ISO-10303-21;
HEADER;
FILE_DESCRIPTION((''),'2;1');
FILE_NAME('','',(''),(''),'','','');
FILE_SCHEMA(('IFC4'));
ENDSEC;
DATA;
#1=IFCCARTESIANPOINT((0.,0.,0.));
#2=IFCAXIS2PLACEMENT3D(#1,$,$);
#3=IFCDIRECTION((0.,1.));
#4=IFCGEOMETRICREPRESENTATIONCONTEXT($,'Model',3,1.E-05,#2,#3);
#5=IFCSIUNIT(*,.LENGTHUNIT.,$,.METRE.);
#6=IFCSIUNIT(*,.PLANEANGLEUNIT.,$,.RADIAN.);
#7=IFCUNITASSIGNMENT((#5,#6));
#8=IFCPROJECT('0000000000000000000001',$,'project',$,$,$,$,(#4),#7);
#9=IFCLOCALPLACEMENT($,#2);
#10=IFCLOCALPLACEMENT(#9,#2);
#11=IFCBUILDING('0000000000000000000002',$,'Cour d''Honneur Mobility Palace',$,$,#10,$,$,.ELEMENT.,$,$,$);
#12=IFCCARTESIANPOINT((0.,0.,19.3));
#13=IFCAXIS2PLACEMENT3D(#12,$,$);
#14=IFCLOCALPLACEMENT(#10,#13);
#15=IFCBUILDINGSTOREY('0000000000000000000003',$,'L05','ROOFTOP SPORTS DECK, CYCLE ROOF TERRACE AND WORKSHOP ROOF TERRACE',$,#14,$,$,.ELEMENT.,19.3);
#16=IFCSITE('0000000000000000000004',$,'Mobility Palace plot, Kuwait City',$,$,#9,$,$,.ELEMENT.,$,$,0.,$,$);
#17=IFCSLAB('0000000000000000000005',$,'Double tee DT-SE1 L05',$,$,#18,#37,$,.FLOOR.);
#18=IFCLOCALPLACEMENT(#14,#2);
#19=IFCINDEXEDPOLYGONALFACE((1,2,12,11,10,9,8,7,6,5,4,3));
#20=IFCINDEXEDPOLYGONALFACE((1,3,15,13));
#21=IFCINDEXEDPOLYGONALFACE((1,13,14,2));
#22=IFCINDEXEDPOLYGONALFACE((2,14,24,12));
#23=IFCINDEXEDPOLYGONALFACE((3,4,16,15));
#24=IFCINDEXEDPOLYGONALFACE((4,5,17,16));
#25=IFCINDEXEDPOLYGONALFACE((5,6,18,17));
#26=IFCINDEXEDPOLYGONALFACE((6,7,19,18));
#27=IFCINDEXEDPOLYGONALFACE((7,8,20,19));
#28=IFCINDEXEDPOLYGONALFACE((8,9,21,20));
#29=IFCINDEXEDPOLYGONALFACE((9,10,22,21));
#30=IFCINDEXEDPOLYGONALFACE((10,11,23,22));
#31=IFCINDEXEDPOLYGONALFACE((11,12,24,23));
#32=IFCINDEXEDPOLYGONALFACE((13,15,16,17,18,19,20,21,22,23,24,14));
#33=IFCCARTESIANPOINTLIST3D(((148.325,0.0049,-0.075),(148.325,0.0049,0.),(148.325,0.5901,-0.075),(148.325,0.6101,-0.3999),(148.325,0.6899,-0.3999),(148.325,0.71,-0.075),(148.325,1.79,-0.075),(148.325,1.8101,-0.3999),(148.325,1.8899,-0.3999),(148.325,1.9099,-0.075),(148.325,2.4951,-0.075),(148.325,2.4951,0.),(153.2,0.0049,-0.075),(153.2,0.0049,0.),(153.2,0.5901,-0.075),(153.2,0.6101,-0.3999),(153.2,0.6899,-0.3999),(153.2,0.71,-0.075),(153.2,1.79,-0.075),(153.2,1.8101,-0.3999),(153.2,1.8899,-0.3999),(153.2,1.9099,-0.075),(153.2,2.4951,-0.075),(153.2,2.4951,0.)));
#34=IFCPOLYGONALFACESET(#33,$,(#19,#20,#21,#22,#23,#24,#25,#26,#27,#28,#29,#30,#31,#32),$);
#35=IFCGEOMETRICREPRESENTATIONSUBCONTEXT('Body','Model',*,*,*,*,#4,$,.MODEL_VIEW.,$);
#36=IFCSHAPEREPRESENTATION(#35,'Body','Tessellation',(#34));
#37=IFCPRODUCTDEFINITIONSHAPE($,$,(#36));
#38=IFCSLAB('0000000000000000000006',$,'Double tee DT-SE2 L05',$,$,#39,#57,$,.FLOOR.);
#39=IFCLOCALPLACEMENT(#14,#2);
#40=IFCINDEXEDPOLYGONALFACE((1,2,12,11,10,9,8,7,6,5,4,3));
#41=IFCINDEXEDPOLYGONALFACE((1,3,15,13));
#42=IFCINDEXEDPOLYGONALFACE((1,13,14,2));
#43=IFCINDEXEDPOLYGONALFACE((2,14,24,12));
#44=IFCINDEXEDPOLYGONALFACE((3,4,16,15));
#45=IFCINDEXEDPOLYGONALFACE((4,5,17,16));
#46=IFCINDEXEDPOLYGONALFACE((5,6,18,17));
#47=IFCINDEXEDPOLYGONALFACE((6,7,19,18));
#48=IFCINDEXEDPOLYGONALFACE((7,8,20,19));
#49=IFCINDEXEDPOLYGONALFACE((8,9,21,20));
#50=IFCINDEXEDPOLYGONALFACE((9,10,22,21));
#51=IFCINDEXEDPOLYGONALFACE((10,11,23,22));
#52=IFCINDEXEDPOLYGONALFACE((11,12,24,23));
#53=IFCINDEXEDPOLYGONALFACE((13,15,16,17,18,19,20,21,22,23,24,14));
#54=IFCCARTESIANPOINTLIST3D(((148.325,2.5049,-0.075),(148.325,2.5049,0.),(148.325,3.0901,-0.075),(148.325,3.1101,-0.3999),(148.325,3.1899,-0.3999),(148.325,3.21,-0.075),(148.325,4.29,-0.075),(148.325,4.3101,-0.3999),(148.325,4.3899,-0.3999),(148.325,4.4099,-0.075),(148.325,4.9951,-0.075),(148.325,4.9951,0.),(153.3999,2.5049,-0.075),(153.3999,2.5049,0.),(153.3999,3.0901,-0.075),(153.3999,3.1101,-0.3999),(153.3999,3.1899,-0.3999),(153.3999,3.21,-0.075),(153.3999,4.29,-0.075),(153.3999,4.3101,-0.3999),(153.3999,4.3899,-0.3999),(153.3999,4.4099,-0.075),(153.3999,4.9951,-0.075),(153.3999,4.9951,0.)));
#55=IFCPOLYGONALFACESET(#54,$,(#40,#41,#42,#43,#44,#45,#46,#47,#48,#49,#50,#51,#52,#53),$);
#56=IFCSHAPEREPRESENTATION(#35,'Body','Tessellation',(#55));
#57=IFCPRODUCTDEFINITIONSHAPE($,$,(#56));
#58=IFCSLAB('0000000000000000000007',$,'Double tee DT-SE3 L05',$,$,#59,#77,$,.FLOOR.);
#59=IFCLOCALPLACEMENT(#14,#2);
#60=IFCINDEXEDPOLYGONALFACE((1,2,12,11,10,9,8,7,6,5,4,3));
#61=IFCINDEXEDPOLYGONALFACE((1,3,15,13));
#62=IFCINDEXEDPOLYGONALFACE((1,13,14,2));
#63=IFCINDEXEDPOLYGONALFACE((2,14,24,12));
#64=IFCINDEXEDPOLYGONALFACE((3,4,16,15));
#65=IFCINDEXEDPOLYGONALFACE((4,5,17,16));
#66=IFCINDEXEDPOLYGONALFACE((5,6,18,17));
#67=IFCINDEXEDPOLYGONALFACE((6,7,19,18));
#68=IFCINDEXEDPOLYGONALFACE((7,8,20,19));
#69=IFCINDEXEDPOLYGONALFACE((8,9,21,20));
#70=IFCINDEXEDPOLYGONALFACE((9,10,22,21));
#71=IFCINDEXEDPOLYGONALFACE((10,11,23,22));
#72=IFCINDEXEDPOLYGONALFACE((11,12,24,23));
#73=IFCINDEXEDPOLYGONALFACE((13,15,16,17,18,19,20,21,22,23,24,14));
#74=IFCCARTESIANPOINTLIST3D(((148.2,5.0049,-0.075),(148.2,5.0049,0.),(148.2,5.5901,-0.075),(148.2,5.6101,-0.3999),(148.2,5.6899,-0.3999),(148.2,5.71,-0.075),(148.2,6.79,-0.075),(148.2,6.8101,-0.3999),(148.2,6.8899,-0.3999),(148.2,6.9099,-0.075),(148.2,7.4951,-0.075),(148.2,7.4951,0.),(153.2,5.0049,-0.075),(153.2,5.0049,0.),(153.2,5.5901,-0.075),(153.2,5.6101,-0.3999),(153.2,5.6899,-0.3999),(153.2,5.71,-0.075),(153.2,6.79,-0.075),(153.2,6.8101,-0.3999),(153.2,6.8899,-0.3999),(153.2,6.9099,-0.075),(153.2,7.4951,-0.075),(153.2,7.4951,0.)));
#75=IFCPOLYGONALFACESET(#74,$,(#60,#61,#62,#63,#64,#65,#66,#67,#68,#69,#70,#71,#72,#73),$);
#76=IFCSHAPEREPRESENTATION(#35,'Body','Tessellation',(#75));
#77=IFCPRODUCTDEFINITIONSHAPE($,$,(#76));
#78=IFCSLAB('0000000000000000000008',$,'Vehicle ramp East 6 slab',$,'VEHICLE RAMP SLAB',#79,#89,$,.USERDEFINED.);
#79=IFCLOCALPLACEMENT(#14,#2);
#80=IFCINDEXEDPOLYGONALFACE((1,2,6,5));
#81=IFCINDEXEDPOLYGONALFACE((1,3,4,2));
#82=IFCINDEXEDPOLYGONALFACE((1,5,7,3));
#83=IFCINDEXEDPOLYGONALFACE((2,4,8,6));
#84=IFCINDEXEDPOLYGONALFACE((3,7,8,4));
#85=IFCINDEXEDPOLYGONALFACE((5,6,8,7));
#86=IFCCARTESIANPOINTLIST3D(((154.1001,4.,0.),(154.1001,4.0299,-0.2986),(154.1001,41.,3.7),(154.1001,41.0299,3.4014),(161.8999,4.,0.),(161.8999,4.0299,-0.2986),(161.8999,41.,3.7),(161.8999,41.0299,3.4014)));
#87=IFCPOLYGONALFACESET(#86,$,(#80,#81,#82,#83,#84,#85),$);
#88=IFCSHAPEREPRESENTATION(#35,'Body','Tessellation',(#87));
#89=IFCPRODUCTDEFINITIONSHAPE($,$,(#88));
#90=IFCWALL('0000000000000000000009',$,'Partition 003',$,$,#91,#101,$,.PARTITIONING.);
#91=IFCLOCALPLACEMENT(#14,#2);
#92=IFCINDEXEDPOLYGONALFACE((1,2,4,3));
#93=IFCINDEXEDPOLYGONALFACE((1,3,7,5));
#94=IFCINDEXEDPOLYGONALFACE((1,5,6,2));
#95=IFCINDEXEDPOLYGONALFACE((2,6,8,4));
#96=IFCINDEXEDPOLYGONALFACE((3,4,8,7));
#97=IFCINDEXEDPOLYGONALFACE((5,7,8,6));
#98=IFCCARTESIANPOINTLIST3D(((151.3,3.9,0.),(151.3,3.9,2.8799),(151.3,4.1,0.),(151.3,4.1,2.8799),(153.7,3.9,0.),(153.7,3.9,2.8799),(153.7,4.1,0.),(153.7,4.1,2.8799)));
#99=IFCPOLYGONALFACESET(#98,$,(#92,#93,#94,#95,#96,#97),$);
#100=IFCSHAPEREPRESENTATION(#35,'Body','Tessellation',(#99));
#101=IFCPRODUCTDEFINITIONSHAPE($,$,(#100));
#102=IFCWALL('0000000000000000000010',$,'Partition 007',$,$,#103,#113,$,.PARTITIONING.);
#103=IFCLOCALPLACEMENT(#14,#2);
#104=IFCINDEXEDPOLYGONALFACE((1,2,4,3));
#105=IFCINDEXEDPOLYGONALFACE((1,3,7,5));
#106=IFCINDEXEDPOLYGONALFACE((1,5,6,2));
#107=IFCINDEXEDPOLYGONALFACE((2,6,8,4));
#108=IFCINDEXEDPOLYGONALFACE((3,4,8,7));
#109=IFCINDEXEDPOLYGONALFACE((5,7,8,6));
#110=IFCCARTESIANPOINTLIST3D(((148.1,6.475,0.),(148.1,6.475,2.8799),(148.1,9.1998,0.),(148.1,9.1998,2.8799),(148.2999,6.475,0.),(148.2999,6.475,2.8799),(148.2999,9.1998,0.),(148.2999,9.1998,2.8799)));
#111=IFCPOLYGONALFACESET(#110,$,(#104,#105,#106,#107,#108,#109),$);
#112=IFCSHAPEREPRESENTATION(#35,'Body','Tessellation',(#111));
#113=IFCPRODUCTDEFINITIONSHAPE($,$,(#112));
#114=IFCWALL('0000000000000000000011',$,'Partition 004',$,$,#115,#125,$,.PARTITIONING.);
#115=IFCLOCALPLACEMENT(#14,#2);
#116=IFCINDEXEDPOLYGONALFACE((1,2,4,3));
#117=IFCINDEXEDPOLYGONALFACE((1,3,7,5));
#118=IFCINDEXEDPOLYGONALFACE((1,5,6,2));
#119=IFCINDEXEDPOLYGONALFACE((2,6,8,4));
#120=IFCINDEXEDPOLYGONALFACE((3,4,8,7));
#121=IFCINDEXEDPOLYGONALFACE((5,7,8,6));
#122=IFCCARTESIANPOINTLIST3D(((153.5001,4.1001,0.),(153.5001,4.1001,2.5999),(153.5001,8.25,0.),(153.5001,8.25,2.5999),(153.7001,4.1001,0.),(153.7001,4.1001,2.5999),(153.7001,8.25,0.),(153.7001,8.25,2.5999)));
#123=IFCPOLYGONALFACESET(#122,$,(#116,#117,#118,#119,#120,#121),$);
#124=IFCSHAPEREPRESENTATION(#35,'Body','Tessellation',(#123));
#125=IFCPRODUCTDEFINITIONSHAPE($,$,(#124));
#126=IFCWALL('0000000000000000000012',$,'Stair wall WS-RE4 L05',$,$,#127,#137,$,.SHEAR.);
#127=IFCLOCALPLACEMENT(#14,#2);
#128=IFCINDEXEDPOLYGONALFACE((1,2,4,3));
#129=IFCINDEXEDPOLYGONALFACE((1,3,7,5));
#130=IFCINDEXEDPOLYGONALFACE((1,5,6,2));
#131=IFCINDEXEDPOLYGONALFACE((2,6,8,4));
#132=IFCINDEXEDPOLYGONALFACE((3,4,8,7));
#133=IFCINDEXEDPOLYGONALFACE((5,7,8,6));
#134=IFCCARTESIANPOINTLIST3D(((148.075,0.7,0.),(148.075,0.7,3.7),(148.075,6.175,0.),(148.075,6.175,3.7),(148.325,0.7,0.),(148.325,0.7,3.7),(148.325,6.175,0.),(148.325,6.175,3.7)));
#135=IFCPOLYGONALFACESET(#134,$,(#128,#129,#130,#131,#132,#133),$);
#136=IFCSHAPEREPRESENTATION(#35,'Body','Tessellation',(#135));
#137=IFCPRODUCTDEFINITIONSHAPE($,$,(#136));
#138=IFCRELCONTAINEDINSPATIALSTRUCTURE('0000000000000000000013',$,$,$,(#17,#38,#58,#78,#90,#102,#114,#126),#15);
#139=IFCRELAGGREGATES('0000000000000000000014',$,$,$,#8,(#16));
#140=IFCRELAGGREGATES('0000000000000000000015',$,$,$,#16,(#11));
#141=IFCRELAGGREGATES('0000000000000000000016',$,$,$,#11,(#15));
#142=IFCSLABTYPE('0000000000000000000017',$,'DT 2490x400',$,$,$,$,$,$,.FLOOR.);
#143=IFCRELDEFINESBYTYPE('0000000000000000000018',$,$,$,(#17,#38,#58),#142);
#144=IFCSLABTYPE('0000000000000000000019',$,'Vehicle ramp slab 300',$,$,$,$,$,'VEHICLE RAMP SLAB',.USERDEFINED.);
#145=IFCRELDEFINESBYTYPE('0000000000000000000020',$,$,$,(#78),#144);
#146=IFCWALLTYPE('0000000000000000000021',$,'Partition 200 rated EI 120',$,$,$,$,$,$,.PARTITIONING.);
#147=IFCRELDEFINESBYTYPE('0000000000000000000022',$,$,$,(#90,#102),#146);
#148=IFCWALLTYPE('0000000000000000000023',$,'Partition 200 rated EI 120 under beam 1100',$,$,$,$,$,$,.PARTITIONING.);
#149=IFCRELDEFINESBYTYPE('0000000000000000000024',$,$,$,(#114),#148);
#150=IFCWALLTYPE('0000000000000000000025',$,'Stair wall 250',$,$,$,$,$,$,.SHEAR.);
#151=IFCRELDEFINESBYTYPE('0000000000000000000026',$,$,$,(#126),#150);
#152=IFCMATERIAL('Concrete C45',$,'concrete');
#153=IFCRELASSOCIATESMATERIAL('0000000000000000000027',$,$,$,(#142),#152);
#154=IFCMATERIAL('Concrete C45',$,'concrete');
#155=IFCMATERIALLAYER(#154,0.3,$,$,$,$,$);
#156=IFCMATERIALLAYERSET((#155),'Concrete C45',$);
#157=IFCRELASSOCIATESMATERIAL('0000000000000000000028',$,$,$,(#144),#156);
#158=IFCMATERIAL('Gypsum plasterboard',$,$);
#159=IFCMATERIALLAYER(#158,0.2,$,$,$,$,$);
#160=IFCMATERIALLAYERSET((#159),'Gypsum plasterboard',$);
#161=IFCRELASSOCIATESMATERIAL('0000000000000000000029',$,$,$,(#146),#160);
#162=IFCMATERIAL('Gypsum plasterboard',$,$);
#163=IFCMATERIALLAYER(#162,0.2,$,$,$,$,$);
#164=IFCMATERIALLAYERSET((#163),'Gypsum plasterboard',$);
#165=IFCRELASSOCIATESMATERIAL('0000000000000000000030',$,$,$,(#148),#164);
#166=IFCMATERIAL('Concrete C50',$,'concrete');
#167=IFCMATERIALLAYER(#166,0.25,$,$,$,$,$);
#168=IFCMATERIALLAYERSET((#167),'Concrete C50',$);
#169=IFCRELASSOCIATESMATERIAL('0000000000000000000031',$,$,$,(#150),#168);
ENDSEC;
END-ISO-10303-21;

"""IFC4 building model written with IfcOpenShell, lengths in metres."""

from ifc_helpers import new_model, si_unit, direction, frame, frame_2d, origin, place, context, subcontext, project, spatial, polyline, rectangle, outline, extrude, material, layer, layer_set, material_profile, profile_set, type_object, element, save


model = new_model("IFC4")

# Units and contexts
model_context = context("Model", 3, precision=1e-05, world=origin(), true_north=direction((0.0, 1.0)))
body_context = subcontext(model_context, "Body", "Model", "MODEL_VIEW")
ifc_project = project(units=[si_unit("LENGTHUNIT", "METRE"), si_unit("PLANEANGLEUNIT", "RADIAN")], contexts=[model_context])

# Site, building, storey
site_placement = place(None, origin())
site = spatial("IfcSite", under=ifc_project, at=site_placement, Name="Mobility Palace plot, Kuwait City", CompositionType="ELEMENT", RefElevation=0.0)
building_placement = place(site_placement, origin())
building = spatial("IfcBuilding", under=site, at=building_placement, Name="Cour d'Honneur Mobility Palace", CompositionType="ELEMENT")
storey_placement = place(building_placement, frame((0.0, 0.0, 19.3)))
storey = spatial("IfcBuildingStorey", under=building, at=storey_placement, Name="L05", Description="ROOFTOP SPORTS DECK, CYCLE ROOF TERRACE AND WORKSHOP ROOF TERRACE", CompositionType="ELEMENT", Elevation=19.3)

# Slabs
ifc_material_1 = material(Name="Concrete C45", Category="concrete")
ifc_material_profile_1 = material_profile(ifc_material_1, outline(polyline([(-1.2451, 0.0), (1.2451, 0.0), (1.2451, -0.075), (0.6599, -0.075), (0.6399, -0.3999), (0.5601, -0.3999), (0.54, -0.075), (-0.54, -0.075), (-0.5601, -0.3999), (-0.6399, -0.3999), (-0.6599, -0.075), (-1.2451, -0.075), (-1.2451, 0.0)])), Name="DT 2490x400")
ifc_profile_set_1 = profile_set([ifc_material_profile_1], Name="Concrete C45")
slab_type_1 = type_object("IfcSlabType", Name="DT 2490x400", PredefinedType="FLOOR", material=ifc_profile_set_1)
slab_1_placement = place(storey_placement, frame((148.325, 1.25, 0.0), z_axis=(1.0, 0.0, 0.0), x_axis=(0.0, 1.0, 0.0)))
element("IfcSlab", 1, at=slab_1_placement, inside=storey, type_object=slab_type_1, Name="Double tee DT-SE1 L05", PredefinedType="FLOOR", context=body_context, shape_type="SweptSolid", body=[
    extrude(outline(polyline([(-1.2451, 0.0), (1.2451, 0.0), (1.2451, -0.075), (0.6599, -0.075), (0.6399, -0.3999), (0.5601, -0.3999), (0.54, -0.075), (-0.54, -0.075), (-0.5601, -0.3999), (-0.6399, -0.3999), (-0.6599, -0.075), (-1.2451, -0.075), (-1.2451, 0.0)])), origin(), (0.0, 0.0, 1.0), 4.875),
])
slab_2_placement = place(storey_placement, frame((148.325, 3.75, 0.0), z_axis=(1.0, 0.0, 0.0), x_axis=(0.0, 1.0, 0.0)))
element("IfcSlab", 2, at=slab_2_placement, inside=storey, type_object=slab_type_1, Name="Double tee DT-SE2 L05", PredefinedType="FLOOR", context=body_context, shape_type="SweptSolid", body=[
    extrude(outline(polyline([(-1.2451, 0.0), (1.2451, 0.0), (1.2451, -0.075), (0.6599, -0.075), (0.6399, -0.3999), (0.5601, -0.3999), (0.54, -0.075), (-0.54, -0.075), (-0.5601, -0.3999), (-0.6399, -0.3999), (-0.6599, -0.075), (-1.2451, -0.075), (-1.2451, 0.0)])), origin(), (0.0, 0.0, 1.0), 5.075),
])
slab_3_placement = place(storey_placement, frame((148.2, 6.25, 0.0), z_axis=(1.0, 0.0, 0.0), x_axis=(0.0, 1.0, 0.0)))
element("IfcSlab", 3, at=slab_3_placement, inside=storey, type_object=slab_type_1, Name="Double tee DT-SE3 L05", PredefinedType="FLOOR", context=body_context, shape_type="SweptSolid", body=[
    extrude(outline(polyline([(-1.2451, 0.0), (1.2451, 0.0), (1.2451, -0.075), (0.6599, -0.075), (0.6399, -0.3999), (0.5601, -0.3999), (0.54, -0.075), (-0.54, -0.075), (-0.5601, -0.3999), (-0.6399, -0.3999), (-0.6599, -0.075), (-1.2451, -0.075), (-1.2451, 0.0)])), origin(), (0.0, 0.0, 1.0), 5.0),
])
ifc_material_2 = material(Name="Concrete C45", Category="concrete")
ifc_layer_1 = layer(ifc_material_2, 0.3)
ifc_layer_set_1 = layer_set([ifc_layer_1], Name="Concrete C45")
slab_type_2 = type_object("IfcSlabType", Name="Vehicle ramp slab 300", ElementType="VEHICLE RAMP SLAB", PredefinedType="USERDEFINED", material=ifc_layer_set_1)
slab_4_placement = place(storey_placement, frame((154.1001, 4.0, 0.0), z_axis=(0.0, -0.099502, 0.995037), x_axis=(1.0, 0.0, 0.0)))
element("IfcSlab", 4, at=slab_4_placement, inside=storey, type_object=slab_type_2, Name="Vehicle ramp East 6 slab", ObjectType="VEHICLE RAMP SLAB", PredefinedType="USERDEFINED", context=body_context, shape_type="SweptSolid", body=[
    extrude(outline(polyline([(0.0, 0.0), (7.7998, 0.0), (7.7998, 37.1845), (0.0, 37.1845), (0.0, 0.0)])), origin(), (0.0, 0.0, -1.0), 0.3),
])

# Walls
ifc_material_3 = material(Name="Gypsum plasterboard")
ifc_layer_2 = layer(ifc_material_3, 0.2)
ifc_layer_set_2 = layer_set([ifc_layer_2], Name="Gypsum plasterboard")
wall_type_1 = type_object("IfcWallType", Name="Partition 200 rated EI 120", PredefinedType="PARTITIONING", material=ifc_layer_set_2)
wall_1_placement = place(storey_placement, frame((151.3, 4.0, 0.0), z_axis=(0.0, 0.0, 1.0), x_axis=(1.0, 0.0, 0.0)))
element("IfcWall", 5, at=wall_1_placement, inside=storey, type_object=wall_type_1, Name="Partition 003", PredefinedType="PARTITIONING", context=body_context, shape_type="SweptSolid", body=[
    extrude(rectangle(XDim=2.3999, YDim=0.2, at=frame_2d((1.2, 0.0))), origin(), (0.0, 0.0, 1.0), 2.8799),
])
wall_2_placement = place(storey_placement, frame((148.2, 6.4751, 0.0), z_axis=(0.0, 0.0, 1.0), x_axis=(0.0, 1.0, 0.0)))
element("IfcWall", 6, at=wall_2_placement, inside=storey, type_object=wall_type_1, Name="Partition 007", PredefinedType="PARTITIONING", context=body_context, shape_type="SweptSolid", body=[
    extrude(rectangle(XDim=2.7249, YDim=0.2, at=frame_2d((1.3623, 0.0))), origin(), (0.0, 0.0, 1.0), 2.8799),
])
ifc_material_4 = material(Name="Gypsum plasterboard")
ifc_layer_3 = layer(ifc_material_4, 0.2)
ifc_layer_set_3 = layer_set([ifc_layer_3], Name="Gypsum plasterboard")
wall_type_2 = type_object("IfcWallType", Name="Partition 200 rated EI 120 under beam 1100", PredefinedType="PARTITIONING", material=ifc_layer_set_3)
wall_3_placement = place(storey_placement, frame((153.6001, 4.1001, 0.0), z_axis=(0.0, 0.0, 1.0), x_axis=(0.0, 1.0, 0.0)))
element("IfcWall", 7, at=wall_3_placement, inside=storey, type_object=wall_type_2, Name="Partition 004", PredefinedType="PARTITIONING", context=body_context, shape_type="SweptSolid", body=[
    extrude(rectangle(XDim=4.1499, YDim=0.2, at=frame_2d((2.075, 0.0))), origin(), (0.0, 0.0, 1.0), 2.5999),
])
ifc_material_5 = material(Name="Concrete C50", Category="concrete")
ifc_layer_4 = layer(ifc_material_5, 0.25)
ifc_layer_set_4 = layer_set([ifc_layer_4], Name="Concrete C50")
wall_type_3 = type_object("IfcWallType", Name="Stair wall 250", PredefinedType="SHEAR", material=ifc_layer_set_4)
wall_4_placement = place(storey_placement, frame((148.2, 0.7, 0.0), z_axis=(0.0, 0.0, 1.0), x_axis=(0.0, 1.0, 0.0)))
element("IfcWall", 8, at=wall_4_placement, inside=storey, type_object=wall_type_3, Name="Stair wall WS-RE4 L05", PredefinedType="SHEAR", context=body_context, shape_type="SweptSolid", body=[
    extrude(rectangle(XDim=5.4751, YDim=0.25, at=frame_2d((2.7375, 0.0))), origin(), (0.0, 0.0, 1.0), 3.7),
])

save(model, "model.ifc")
